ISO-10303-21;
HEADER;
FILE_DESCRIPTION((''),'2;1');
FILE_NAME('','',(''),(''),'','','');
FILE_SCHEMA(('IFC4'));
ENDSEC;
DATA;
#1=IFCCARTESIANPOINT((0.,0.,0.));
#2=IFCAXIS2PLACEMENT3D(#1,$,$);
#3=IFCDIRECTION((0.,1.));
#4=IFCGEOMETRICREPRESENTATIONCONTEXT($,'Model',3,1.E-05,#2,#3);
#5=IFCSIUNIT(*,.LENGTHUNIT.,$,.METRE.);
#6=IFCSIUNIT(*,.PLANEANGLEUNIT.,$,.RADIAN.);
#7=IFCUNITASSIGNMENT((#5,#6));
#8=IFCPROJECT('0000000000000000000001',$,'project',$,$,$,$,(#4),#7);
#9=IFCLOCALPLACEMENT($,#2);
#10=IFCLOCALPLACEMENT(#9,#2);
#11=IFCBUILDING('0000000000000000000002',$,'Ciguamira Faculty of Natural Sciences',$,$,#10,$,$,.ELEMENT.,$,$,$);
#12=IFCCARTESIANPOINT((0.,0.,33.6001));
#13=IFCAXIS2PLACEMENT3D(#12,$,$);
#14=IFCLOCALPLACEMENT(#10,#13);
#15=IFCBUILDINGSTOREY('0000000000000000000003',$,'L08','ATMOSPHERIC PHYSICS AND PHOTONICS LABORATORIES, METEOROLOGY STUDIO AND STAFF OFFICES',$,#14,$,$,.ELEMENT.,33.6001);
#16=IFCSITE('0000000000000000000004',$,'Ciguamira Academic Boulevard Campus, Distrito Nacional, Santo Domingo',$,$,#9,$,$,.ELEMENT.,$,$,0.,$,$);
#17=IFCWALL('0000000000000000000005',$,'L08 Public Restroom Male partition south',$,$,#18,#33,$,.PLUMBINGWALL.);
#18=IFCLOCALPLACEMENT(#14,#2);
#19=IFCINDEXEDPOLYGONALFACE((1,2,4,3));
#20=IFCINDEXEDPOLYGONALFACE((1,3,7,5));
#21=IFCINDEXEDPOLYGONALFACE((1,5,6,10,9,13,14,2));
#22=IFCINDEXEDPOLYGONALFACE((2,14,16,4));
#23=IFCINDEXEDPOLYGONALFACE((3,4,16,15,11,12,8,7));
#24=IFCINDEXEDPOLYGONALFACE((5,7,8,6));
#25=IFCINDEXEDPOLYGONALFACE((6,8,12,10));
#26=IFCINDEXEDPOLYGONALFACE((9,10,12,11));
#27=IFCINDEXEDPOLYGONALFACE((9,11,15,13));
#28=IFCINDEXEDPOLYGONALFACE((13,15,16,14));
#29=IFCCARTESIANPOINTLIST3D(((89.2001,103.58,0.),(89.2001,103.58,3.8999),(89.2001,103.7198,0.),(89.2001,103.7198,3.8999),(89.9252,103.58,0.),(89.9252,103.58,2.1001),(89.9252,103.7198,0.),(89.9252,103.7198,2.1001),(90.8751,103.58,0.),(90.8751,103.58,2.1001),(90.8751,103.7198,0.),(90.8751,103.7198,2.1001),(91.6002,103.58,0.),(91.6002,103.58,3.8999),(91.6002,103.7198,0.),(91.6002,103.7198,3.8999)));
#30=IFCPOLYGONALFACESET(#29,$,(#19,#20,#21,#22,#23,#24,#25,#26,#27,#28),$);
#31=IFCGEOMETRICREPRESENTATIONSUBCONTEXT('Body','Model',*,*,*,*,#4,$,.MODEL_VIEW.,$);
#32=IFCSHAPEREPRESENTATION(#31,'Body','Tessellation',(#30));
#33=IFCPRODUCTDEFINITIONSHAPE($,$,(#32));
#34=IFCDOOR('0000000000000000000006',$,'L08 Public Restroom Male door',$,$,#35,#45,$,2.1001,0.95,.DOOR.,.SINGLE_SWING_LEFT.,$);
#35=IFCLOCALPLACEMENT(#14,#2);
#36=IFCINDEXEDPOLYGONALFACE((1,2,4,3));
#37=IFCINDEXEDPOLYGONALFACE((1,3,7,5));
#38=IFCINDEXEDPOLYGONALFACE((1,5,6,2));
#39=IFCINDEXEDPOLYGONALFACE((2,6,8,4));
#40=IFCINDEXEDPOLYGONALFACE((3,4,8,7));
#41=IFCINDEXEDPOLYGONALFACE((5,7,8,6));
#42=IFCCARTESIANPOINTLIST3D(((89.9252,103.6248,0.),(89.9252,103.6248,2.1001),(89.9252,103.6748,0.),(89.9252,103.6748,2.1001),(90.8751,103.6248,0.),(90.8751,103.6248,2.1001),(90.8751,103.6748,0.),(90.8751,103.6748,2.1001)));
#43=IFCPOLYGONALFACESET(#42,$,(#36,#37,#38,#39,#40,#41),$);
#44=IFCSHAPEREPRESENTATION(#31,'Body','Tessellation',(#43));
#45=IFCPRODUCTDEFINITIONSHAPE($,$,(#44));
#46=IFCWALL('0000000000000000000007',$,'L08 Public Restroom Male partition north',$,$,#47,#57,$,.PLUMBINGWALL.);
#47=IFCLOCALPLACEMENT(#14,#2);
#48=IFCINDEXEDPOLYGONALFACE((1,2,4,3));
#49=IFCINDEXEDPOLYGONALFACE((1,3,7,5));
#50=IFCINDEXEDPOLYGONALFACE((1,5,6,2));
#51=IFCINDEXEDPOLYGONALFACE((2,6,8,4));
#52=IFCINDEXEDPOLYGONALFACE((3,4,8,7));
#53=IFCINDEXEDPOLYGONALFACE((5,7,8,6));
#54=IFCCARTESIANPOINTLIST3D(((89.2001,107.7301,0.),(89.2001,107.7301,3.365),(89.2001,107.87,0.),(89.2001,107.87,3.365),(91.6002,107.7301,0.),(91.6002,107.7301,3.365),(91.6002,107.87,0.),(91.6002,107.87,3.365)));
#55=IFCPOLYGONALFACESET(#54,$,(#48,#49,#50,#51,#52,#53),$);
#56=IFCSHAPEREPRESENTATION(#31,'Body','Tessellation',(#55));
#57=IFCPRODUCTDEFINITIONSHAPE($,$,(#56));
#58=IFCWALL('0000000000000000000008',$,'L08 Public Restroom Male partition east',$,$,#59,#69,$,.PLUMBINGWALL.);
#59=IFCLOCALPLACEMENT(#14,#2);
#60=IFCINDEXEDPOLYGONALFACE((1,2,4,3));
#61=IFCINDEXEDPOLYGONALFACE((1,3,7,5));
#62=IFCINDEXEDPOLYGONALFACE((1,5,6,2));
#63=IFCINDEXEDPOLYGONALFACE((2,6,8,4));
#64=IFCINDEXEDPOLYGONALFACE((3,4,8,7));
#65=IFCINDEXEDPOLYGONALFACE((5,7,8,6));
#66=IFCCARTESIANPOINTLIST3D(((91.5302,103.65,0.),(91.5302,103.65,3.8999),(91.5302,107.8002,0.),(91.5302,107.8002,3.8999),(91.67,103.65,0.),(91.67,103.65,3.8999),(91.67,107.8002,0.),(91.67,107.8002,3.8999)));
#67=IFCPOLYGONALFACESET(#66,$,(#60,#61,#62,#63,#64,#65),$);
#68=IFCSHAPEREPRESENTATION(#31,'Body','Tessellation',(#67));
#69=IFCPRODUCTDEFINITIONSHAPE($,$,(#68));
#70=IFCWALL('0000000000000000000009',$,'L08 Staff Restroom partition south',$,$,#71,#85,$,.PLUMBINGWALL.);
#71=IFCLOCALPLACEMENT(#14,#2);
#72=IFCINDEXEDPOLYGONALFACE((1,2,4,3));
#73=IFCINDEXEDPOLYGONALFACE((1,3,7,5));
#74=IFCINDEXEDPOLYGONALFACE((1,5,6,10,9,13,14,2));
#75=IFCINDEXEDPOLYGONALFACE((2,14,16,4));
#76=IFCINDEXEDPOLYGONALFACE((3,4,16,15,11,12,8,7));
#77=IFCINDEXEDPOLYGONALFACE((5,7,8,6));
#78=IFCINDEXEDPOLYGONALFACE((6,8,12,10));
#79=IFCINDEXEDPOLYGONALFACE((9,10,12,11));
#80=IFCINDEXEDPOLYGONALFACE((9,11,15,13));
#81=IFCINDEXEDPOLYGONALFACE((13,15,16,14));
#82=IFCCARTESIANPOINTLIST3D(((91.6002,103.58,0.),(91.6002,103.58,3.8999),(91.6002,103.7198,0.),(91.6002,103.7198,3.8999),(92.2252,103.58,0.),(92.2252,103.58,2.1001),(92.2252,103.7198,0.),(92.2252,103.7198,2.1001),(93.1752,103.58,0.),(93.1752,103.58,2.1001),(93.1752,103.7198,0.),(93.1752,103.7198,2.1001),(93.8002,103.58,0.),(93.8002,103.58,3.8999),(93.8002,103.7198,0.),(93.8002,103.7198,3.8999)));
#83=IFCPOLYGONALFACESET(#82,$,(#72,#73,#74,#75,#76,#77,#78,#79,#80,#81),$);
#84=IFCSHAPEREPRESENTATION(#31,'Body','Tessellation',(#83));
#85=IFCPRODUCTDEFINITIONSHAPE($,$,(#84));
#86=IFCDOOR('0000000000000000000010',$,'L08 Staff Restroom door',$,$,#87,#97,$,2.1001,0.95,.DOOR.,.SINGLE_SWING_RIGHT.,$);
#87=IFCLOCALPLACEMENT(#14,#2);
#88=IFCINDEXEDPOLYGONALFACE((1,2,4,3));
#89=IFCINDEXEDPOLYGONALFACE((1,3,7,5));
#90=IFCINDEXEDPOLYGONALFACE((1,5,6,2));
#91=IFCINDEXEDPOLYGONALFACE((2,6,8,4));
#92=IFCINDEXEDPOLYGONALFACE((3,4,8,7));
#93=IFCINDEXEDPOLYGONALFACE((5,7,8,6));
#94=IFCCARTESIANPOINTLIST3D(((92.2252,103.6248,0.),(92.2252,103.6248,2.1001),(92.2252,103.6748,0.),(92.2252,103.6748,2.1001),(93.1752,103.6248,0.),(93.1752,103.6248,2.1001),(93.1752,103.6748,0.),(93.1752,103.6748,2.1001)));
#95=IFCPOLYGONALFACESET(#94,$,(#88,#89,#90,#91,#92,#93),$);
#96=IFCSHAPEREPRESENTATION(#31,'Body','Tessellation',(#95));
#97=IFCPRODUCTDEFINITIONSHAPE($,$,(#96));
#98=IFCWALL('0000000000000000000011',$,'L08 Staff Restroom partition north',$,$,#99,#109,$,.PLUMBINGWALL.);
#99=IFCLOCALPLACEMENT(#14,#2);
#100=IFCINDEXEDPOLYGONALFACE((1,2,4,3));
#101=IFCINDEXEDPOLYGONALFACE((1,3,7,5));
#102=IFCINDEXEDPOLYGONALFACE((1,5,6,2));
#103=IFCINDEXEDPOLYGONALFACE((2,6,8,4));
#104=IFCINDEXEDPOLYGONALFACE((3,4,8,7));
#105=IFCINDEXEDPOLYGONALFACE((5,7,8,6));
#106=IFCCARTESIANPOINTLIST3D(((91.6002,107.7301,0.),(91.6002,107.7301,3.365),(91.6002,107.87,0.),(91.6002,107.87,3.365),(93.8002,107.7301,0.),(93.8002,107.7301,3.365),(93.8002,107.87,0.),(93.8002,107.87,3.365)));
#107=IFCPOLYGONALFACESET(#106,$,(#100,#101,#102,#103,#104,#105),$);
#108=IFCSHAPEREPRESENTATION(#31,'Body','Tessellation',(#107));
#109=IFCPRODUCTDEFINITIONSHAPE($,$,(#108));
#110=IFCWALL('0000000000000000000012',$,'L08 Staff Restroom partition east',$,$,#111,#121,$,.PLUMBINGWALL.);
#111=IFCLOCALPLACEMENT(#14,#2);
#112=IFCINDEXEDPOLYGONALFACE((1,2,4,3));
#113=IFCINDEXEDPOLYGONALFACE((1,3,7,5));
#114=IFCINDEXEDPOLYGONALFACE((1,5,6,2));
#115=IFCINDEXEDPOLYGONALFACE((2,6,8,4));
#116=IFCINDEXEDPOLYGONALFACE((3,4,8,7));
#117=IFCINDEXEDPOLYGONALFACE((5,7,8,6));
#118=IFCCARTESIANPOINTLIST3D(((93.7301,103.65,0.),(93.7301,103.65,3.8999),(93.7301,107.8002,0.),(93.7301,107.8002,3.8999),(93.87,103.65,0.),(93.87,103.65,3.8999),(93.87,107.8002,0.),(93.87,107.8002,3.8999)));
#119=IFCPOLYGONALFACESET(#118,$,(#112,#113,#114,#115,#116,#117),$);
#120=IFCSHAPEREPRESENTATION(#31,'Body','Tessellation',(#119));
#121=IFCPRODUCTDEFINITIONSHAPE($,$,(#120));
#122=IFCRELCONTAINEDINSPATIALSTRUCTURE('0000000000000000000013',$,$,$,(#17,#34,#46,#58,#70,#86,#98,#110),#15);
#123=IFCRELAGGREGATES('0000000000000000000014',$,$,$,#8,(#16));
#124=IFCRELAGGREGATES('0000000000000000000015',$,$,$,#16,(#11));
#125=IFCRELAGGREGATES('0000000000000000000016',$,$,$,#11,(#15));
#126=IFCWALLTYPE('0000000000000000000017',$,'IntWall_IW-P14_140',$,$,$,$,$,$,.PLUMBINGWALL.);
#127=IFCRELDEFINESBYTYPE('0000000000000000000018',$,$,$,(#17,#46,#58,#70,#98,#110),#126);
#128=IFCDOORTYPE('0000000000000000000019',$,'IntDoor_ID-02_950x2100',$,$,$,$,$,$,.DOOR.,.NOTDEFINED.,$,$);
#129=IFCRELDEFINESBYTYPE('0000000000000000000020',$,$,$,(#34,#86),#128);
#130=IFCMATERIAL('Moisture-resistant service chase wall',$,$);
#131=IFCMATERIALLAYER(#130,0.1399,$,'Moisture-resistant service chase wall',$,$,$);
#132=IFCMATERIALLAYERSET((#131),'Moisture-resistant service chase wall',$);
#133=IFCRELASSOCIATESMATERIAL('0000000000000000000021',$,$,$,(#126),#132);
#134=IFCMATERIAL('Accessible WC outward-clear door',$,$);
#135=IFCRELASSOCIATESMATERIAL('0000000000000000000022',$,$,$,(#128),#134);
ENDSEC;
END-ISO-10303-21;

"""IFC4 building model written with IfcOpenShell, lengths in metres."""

from ifc_helpers import new_model, si_unit, direction, frame, frame_2d, origin, place, context, subcontext, project, spatial, rectangle, extrude, material, layer, layer_set, type_object, element, fill, save


model = new_model("IFC4")

# Units and contexts
model_context = context("Model", 3, precision=1e-05, world=origin(), true_north=direction((0.0, 1.0)))
body_context = subcontext(model_context, "Body", "Model", "MODEL_VIEW")
ifc_project = project(units=[si_unit("LENGTHUNIT", "METRE"), si_unit("PLANEANGLEUNIT", "RADIAN")], contexts=[model_context])

# Site, building, storey
site_placement = place(None, origin())
site = spatial("IfcSite", under=ifc_project, at=site_placement, Name="Ciguamira Academic Boulevard Campus, Distrito Nacional, Santo Domingo", CompositionType="ELEMENT", RefElevation=0.0)
building_placement = place(site_placement, origin())
building = spatial("IfcBuilding", under=site, at=building_placement, Name="Ciguamira Faculty of Natural Sciences", CompositionType="ELEMENT")
storey_placement = place(building_placement, frame((0.0, 0.0, 33.6001)))
storey = spatial("IfcBuildingStorey", under=building, at=storey_placement, Name="L08", Description="ATMOSPHERIC PHYSICS AND PHOTONICS LABORATORIES, METEOROLOGY STUDIO AND STAFF OFFICES", CompositionType="ELEMENT", Elevation=33.6001)

# Shared definitions
ifc_material_1 = material(Name="Moisture-resistant service chase wall")
ifc_layer_1 = layer(ifc_material_1, 0.1399, Name="Moisture-resistant service chase wall")
ifc_layer_set_1 = layer_set([ifc_layer_1], Name="Moisture-resistant service chase wall")
wall_type_1 = type_object("IfcWallType", Name="IntWall_IW-P14_140", PredefinedType="PLUMBINGWALL", material=ifc_layer_set_1)

# Shared definitions
ifc_material_2 = material(Name="Accessible WC outward-clear door")
door_type_1 = type_object("IfcDoorType", Name="IntDoor_ID-02_950x2100", OperationType="NOTDEFINED", PredefinedType="DOOR", material=ifc_material_2)

# Wall, opening, door
wall_1_placement = place(storey_placement, frame((89.2, 103.6499, 0.0), z_axis=(0.0, 0.0, 1.0), x_axis=(1.0, 0.0, 0.0)))
wall_1 = element("IfcWall", 1, at=wall_1_placement, inside=storey, type_object=wall_type_1, Name="L08 Public Restroom Male partition south", PredefinedType="PLUMBINGWALL", context=body_context, shape_type="SweptSolid", body=[
    extrude(rectangle(XDim=2.4001, YDim=0.1399, at=frame_2d((1.2002, 0.0))), origin(), (0.0, 0.0, 1.0), 3.8999),
])
opening_1_placement = place(wall_1_placement, frame((0.7251, 0.0, 0.0)))
opening_1 = element("IfcOpeningElement", 2, at=opening_1_placement, cuts=wall_1, PredefinedType="OPENING", context=body_context, shape_type="SweptSolid", body=[
    extrude(rectangle(XDim=0.95, YDim=2.1001, at=frame_2d((0.4751, 1.05))), frame((0.0, 0.0798, 0.0), z_axis=(0.0, -1.0, 0.0), x_axis=(1.0, 0.0, 0.0)), (0.0, 0.0, 1.0), 0.1599),
])
door_1_placement = place(opening_1_placement, origin())
door_1 = element("IfcDoor", 3, at=door_1_placement, inside=storey, type_object=door_type_1, Name="L08 Public Restroom Male door", OperationType="SINGLE_SWING_LEFT", OverallHeight=2.1001, OverallWidth=0.95, PredefinedType="DOOR", context=body_context, shape_type="SweptSolid", body=[
    extrude(rectangle(XDim=0.95, YDim=2.1001, at=frame_2d((0.4751, 1.05))), frame((0.0, 0.0249, 0.0), z_axis=(0.0, -1.0, 0.0), x_axis=(1.0, 0.0, 0.0)), (0.0, 0.0, 1.0), 0.05),
])
fill(opening_1, door_1)

# Walls
wall_2_placement = place(storey_placement, frame((89.2, 107.8, 0.0), z_axis=(0.0, 0.0, 1.0), x_axis=(1.0, 0.0, 0.0)))
element("IfcWall", 4, at=wall_2_placement, inside=storey, type_object=wall_type_1, Name="L08 Public Restroom Male partition north", PredefinedType="PLUMBINGWALL", context=body_context, shape_type="SweptSolid", body=[
    extrude(rectangle(XDim=2.4001, YDim=0.1399, at=frame_2d((1.2002, 0.0))), origin(), (0.0, 0.0, 1.0), 3.365),
])
wall_3_placement = place(storey_placement, frame((91.6001, 103.6499, 0.0), z_axis=(0.0, 0.0, 1.0), x_axis=(0.0, 1.0, 0.0)))
element("IfcWall", 5, at=wall_3_placement, inside=storey, type_object=wall_type_1, Name="L08 Public Restroom Male partition east", PredefinedType="PLUMBINGWALL", context=body_context, shape_type="SweptSolid", body=[
    extrude(rectangle(XDim=4.1501, YDim=0.1399, at=frame_2d((2.0752, 0.0))), origin(), (0.0, 0.0, 1.0), 3.8999),
])

# Wall, opening, door
wall_4_placement = place(storey_placement, frame((91.6001, 103.6499, 0.0), z_axis=(0.0, 0.0, 1.0), x_axis=(1.0, 0.0, 0.0)))
wall_4 = element("IfcWall", 6, at=wall_4_placement, inside=storey, type_object=wall_type_1, Name="L08 Staff Restroom partition south", PredefinedType="PLUMBINGWALL", context=body_context, shape_type="SweptSolid", body=[
    extrude(rectangle(XDim=2.2, YDim=0.1399, at=frame_2d((1.1001, 0.0))), origin(), (0.0, 0.0, 1.0), 3.8999),
])
opening_2_placement = place(wall_4_placement, frame((0.625, 0.0, 0.0)))
opening_2 = element("IfcOpeningElement", 7, at=opening_2_placement, cuts=wall_4, PredefinedType="OPENING", context=body_context, shape_type="SweptSolid", body=[
    extrude(rectangle(XDim=0.95, YDim=2.1001, at=frame_2d((0.4751, 1.05))), frame((0.0, 0.0798, 0.0), z_axis=(0.0, -1.0, 0.0), x_axis=(1.0, 0.0, 0.0)), (0.0, 0.0, 1.0), 0.1599),
])
door_2_placement = place(opening_2_placement, origin())
door_2 = element("IfcDoor", 8, at=door_2_placement, inside=storey, type_object=door_type_1, Name="L08 Staff Restroom door", OperationType="SINGLE_SWING_RIGHT", OverallHeight=2.1001, OverallWidth=0.95, PredefinedType="DOOR", context=body_context, shape_type="SweptSolid", body=[
    extrude(rectangle(XDim=0.95, YDim=2.1001, at=frame_2d((0.4751, 1.05))), frame((0.0, 0.0249, 0.0), z_axis=(0.0, -1.0, 0.0), x_axis=(1.0, 0.0, 0.0)), (0.0, 0.0, 1.0), 0.05),
])
fill(opening_2, door_2)

# Walls
wall_5_placement = place(storey_placement, frame((91.6001, 107.8, 0.0), z_axis=(0.0, 0.0, 1.0), x_axis=(1.0, 0.0, 0.0)))
element("IfcWall", 9, at=wall_5_placement, inside=storey, type_object=wall_type_1, Name="L08 Staff Restroom partition north", PredefinedType="PLUMBINGWALL", context=body_context, shape_type="SweptSolid", body=[
    extrude(rectangle(XDim=2.2, YDim=0.1399, at=frame_2d((1.1001, 0.0))), origin(), (0.0, 0.0, 1.0), 3.365),
])
wall_6_placement = place(storey_placement, frame((93.8, 103.6499, 0.0), z_axis=(0.0, 0.0, 1.0), x_axis=(0.0, 1.0, 0.0)))
element("IfcWall", 10, at=wall_6_placement, inside=storey, type_object=wall_type_1, Name="L08 Staff Restroom partition east", PredefinedType="PLUMBINGWALL", context=body_context, shape_type="SweptSolid", body=[
    extrude(rectangle(XDim=4.1501, YDim=0.1399, at=frame_2d((2.0752, 0.0))), origin(), (0.0, 0.0, 1.0), 3.8999),
])

save(model, "model.ifc")
